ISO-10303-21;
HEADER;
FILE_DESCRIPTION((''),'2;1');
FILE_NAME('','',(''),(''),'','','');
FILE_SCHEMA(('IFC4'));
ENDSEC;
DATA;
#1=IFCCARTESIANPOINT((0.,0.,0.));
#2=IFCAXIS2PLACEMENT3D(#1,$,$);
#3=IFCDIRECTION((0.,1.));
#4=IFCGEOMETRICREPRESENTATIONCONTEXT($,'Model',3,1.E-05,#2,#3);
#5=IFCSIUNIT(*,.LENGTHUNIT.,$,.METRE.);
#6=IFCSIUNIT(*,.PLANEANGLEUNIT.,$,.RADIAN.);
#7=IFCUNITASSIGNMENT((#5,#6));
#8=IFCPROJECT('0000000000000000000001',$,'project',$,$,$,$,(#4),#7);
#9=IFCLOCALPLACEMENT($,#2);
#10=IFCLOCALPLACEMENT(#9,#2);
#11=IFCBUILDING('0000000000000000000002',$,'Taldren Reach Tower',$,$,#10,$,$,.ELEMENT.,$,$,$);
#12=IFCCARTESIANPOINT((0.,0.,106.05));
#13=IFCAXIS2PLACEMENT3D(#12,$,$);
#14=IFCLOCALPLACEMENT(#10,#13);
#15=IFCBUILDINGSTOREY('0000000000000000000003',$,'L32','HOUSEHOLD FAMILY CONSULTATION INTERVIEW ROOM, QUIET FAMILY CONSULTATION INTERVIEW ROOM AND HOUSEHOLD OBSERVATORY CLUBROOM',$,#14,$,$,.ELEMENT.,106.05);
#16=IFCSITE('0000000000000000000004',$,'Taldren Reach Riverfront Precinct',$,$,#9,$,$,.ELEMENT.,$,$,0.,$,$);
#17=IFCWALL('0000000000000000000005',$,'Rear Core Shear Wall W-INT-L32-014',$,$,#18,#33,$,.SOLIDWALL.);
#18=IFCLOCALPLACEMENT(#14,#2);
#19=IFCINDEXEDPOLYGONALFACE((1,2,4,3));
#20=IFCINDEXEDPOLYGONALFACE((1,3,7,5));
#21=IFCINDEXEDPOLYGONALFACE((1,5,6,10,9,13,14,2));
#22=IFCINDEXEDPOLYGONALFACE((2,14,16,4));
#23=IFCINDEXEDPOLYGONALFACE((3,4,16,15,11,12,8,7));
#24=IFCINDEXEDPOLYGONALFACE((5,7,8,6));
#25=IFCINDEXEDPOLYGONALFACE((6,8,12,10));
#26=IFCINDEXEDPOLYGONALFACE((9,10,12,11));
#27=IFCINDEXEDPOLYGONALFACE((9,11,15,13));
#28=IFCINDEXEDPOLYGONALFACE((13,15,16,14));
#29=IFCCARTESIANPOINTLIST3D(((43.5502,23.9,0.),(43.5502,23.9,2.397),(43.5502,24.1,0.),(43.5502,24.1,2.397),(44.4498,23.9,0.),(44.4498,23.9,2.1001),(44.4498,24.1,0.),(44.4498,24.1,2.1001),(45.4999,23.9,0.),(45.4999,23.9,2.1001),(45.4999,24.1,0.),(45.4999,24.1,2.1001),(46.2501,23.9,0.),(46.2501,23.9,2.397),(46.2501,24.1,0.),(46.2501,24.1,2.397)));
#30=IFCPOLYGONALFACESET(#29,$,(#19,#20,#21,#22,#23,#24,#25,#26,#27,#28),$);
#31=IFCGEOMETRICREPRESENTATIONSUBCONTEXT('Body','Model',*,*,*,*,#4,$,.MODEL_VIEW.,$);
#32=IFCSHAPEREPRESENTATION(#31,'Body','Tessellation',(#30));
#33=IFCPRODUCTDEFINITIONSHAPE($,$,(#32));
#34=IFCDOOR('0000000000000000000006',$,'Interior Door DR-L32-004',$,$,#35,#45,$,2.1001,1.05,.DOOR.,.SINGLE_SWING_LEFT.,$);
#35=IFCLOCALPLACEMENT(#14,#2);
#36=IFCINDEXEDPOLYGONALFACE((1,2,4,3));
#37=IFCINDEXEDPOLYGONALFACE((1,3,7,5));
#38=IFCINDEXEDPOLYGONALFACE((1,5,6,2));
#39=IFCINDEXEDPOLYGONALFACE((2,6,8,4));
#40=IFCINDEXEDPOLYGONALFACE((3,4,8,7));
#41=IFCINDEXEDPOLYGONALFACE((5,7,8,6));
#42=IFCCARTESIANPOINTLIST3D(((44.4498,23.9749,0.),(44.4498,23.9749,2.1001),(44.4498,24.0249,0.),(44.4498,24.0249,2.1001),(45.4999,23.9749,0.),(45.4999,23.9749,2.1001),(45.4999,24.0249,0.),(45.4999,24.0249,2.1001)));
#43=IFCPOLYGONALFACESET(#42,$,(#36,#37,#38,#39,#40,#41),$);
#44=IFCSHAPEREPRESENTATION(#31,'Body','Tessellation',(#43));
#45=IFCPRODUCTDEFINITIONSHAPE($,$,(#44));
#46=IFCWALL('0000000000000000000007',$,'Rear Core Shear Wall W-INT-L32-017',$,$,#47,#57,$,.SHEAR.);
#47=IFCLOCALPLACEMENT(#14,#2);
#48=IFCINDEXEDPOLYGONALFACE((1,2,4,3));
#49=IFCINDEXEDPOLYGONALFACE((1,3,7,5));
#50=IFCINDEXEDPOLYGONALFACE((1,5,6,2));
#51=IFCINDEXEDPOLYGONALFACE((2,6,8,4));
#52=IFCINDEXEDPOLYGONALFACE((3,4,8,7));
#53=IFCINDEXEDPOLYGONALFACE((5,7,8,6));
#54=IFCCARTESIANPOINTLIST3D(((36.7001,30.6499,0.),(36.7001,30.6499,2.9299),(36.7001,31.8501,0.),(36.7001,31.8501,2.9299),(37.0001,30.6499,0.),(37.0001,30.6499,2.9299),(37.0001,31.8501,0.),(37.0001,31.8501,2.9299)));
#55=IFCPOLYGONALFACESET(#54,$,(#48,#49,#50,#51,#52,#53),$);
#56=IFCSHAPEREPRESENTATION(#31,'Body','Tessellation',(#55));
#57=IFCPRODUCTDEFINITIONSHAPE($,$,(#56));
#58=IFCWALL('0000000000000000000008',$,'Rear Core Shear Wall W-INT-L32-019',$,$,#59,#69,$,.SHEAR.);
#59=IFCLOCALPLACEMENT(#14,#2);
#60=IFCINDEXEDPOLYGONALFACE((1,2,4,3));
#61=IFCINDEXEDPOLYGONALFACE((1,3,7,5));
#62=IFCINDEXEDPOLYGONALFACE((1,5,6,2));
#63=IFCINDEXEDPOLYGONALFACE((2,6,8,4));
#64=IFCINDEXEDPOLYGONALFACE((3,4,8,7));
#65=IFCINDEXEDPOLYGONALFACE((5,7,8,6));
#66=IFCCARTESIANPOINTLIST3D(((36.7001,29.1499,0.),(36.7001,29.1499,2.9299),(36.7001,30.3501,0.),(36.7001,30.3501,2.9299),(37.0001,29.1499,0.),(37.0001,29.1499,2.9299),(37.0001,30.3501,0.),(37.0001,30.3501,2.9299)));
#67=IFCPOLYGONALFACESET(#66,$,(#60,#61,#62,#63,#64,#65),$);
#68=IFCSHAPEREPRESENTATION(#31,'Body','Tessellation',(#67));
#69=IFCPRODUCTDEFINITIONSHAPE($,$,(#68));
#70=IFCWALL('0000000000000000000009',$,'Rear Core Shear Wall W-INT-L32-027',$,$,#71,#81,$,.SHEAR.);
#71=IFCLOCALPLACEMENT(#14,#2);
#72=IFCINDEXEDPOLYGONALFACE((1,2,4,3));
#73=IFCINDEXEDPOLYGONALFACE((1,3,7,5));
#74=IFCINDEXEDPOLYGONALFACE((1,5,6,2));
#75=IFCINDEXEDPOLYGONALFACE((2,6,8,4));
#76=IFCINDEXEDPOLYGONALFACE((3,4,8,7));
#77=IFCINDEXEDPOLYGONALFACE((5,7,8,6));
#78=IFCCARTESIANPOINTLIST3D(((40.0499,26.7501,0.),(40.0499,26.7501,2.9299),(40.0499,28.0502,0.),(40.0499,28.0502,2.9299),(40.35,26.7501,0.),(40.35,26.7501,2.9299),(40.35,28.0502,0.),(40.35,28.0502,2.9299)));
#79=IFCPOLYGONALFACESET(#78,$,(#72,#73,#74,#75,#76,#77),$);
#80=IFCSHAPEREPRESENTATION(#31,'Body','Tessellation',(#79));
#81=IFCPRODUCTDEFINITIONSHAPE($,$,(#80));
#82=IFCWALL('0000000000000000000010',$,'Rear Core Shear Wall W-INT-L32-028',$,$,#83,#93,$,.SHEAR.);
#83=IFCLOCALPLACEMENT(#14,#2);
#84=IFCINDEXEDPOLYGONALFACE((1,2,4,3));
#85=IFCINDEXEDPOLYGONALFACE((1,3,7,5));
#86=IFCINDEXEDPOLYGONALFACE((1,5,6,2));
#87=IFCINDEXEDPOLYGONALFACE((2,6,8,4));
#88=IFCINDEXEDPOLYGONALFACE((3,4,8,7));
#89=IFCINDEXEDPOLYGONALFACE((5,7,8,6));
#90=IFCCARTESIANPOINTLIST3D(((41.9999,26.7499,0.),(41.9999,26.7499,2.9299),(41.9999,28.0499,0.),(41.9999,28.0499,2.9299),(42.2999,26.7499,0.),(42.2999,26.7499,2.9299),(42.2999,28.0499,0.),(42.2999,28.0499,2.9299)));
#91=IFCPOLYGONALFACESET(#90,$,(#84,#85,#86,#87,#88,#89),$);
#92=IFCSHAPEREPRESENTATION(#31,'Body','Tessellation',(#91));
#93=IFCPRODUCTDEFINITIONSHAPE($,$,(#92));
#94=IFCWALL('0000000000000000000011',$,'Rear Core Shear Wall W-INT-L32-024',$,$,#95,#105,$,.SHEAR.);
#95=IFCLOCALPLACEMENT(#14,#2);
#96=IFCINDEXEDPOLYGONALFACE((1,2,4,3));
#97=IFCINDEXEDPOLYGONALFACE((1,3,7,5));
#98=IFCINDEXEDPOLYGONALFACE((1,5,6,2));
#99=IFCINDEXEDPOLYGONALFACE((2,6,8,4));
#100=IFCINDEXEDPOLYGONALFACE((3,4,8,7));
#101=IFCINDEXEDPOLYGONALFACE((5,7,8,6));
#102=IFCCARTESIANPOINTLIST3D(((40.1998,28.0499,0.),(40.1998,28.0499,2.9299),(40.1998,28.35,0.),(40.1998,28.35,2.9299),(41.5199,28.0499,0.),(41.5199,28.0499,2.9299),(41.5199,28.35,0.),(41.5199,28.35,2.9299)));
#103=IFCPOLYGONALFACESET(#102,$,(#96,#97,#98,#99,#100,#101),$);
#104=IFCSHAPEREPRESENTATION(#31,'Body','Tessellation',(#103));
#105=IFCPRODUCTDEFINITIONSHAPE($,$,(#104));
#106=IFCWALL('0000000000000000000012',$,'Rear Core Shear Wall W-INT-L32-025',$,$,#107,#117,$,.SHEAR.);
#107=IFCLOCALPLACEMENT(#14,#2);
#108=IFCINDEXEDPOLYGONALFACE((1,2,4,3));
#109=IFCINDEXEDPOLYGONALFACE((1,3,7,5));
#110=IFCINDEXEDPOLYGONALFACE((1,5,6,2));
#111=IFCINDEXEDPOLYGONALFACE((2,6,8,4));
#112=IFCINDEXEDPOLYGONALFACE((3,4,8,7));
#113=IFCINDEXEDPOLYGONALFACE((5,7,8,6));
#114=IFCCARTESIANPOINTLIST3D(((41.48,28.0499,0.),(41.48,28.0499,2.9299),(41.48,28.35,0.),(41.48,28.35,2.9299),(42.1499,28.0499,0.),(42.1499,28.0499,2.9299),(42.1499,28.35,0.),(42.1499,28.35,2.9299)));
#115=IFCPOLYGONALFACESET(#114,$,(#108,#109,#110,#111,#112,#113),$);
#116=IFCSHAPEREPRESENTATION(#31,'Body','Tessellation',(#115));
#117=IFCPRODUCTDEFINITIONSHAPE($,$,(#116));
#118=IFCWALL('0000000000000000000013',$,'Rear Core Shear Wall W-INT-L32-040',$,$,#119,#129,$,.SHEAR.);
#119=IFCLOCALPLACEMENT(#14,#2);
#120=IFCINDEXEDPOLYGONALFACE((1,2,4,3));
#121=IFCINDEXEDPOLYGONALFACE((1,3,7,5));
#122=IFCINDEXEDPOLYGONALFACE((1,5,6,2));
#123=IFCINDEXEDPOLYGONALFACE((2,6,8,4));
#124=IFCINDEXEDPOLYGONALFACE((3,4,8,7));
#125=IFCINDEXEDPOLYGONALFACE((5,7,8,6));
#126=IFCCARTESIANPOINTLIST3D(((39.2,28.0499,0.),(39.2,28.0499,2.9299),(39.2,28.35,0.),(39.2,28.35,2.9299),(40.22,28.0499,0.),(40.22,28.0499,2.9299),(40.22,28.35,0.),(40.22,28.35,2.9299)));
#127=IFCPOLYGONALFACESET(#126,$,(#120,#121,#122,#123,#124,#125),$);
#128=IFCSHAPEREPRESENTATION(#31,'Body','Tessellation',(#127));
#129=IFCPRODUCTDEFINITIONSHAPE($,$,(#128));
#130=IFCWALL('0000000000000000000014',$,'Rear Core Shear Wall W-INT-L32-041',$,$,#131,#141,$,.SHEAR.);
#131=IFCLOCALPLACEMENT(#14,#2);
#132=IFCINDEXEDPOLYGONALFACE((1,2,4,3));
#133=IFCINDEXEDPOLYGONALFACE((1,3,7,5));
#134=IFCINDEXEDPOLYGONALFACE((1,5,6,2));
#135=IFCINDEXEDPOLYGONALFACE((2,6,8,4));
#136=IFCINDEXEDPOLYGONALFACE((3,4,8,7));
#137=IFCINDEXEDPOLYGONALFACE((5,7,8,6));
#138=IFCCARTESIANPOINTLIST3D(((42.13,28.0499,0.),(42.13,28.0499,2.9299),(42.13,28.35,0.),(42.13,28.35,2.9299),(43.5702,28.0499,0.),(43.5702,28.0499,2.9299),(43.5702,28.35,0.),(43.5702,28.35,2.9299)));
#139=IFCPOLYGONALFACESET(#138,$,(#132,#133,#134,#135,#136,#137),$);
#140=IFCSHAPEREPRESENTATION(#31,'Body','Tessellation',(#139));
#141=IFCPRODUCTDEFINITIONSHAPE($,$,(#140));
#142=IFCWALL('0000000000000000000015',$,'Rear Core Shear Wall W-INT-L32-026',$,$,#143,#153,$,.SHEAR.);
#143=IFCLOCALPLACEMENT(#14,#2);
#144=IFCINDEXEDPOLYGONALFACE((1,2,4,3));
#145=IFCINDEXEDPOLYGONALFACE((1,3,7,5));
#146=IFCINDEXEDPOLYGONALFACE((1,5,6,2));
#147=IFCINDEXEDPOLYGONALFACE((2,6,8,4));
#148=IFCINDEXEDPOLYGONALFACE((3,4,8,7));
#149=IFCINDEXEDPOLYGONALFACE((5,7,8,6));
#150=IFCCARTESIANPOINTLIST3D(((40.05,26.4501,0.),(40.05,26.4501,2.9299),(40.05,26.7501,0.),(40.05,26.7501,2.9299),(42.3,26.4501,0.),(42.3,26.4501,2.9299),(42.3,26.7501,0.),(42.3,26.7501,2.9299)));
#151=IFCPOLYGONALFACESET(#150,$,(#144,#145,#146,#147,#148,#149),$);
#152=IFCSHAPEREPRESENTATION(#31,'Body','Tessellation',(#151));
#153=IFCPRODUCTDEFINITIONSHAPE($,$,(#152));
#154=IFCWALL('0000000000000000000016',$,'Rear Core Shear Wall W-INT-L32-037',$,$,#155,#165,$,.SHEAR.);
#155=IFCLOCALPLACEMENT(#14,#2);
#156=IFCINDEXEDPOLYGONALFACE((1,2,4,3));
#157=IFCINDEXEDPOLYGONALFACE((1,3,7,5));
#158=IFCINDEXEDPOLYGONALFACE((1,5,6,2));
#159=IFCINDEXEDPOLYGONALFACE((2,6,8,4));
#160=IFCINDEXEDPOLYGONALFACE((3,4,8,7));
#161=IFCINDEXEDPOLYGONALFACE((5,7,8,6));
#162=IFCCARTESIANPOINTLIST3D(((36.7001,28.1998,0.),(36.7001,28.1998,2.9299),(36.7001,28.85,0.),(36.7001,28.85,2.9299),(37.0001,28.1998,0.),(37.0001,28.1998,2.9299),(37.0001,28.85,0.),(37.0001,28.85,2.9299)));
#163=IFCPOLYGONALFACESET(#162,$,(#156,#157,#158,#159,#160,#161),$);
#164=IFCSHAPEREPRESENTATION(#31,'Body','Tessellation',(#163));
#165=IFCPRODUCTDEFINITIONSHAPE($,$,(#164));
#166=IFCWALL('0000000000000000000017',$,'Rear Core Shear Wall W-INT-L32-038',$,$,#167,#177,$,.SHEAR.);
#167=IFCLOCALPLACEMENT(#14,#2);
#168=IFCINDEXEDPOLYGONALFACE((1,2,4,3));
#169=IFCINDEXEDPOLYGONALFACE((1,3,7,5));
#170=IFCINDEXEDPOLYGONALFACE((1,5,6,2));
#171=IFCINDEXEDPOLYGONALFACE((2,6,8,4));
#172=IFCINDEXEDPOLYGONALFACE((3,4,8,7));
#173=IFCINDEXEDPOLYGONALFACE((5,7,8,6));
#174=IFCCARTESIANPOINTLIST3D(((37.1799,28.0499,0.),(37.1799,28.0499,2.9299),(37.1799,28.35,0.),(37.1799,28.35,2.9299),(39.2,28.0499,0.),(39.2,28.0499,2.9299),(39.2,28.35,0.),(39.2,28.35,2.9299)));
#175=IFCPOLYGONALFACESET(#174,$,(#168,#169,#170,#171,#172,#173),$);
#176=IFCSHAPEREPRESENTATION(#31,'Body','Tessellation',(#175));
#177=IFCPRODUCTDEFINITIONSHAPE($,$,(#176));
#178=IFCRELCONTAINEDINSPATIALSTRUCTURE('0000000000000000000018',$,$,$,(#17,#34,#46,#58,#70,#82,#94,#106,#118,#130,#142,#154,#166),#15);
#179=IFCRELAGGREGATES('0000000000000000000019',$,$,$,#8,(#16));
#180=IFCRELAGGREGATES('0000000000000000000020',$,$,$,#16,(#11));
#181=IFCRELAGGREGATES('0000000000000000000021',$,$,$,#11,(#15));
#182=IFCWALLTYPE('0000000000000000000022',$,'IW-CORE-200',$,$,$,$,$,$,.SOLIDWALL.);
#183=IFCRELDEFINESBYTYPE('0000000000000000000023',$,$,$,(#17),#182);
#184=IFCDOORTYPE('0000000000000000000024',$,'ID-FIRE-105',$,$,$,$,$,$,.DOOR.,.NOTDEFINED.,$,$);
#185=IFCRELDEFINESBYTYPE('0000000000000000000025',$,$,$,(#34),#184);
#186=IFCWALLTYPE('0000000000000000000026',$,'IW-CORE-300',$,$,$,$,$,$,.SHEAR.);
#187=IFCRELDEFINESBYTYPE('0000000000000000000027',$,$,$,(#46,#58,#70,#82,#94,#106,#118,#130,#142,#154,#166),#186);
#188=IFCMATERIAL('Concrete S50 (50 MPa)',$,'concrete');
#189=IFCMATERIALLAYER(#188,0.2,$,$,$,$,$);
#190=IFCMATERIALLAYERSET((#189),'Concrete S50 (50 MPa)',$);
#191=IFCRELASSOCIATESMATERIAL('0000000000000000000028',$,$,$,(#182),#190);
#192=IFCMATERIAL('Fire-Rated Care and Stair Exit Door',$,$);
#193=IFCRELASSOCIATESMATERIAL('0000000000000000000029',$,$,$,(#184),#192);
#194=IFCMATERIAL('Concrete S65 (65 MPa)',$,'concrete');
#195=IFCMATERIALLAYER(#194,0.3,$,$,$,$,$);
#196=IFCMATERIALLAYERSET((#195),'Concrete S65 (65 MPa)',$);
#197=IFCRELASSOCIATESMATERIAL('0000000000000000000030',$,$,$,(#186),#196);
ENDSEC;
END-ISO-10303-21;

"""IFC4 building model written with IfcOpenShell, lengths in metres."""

from ifc_helpers import new_model, si_unit, direction, frame, frame_2d, origin, place, context, subcontext, project, spatial, rectangle, extrude, source, transform, mapped, material, layer, layer_set, type_object, element, fill, save


model = new_model("IFC4")

# Units and contexts
model_context = context("Model", 3, precision=1e-05, world=origin(), true_north=direction((0.0, 1.0)))
body_context = subcontext(model_context, "Body", "Model", "MODEL_VIEW")
ifc_project = project(units=[si_unit("LENGTHUNIT", "METRE"), si_unit("PLANEANGLEUNIT", "RADIAN")], contexts=[model_context])

# Site, building, storey
site_placement = place(None, origin())
site = spatial("IfcSite", under=ifc_project, at=site_placement, Name="Taldren Reach Riverfront Precinct", CompositionType="ELEMENT", RefElevation=0.0)
building_placement = place(site_placement, origin())
building = spatial("IfcBuilding", under=site, at=building_placement, Name="Taldren Reach Tower", CompositionType="ELEMENT")
storey_placement = place(building_placement, frame((0.0, 0.0, 106.05)))
storey = spatial("IfcBuildingStorey", under=building, at=storey_placement, Name="L32", Description="HOUSEHOLD FAMILY CONSULTATION INTERVIEW ROOM, QUIET FAMILY CONSULTATION INTERVIEW ROOM AND HOUSEHOLD OBSERVATORY CLUBROOM", CompositionType="ELEMENT", Elevation=106.05)

# Shared definitions
ifc_material_1 = material(Name="Concrete S50 (50 MPa)", Category="concrete")
ifc_layer_1 = layer(ifc_material_1, 0.2)
ifc_layer_set_1 = layer_set([ifc_layer_1], Name="Concrete S50 (50 MPa)")
wall_type_1 = type_object("IfcWallType", Name="IW-CORE-200", PredefinedType="SOLIDWALL", material=ifc_layer_set_1)
shared_shape_1 = source(origin(), body_context, "Body", "SweptSolid", [
    extrude(rectangle(XDim=1.05, YDim=2.1001, at=frame_2d((0.5249, 1.05))), frame((0.0, 0.1099, 0.0), z_axis=(0.0, -1.0, 0.0), x_axis=(1.0, 0.0, 0.0)), (0.0, 0.0, 1.0), 0.22),
])
ifc_material_2 = material(Name="Fire-Rated Care and Stair Exit Door")
door_type_1 = type_object("IfcDoorType", Name="ID-FIRE-105", OperationType="NOTDEFINED", PredefinedType="DOOR", material=ifc_material_2)
shared_shape_2 = source(origin(), body_context, "Body", "SweptSolid", [
    extrude(rectangle(XDim=1.05, YDim=2.1001, at=frame_2d((0.5249, 1.05))), frame((0.0, 0.0249, 0.0), z_axis=(0.0, -1.0, 0.0), x_axis=(1.0, 0.0, 0.0)), (0.0, 0.0, 1.0), 0.05),
])

# Shared definitions
ifc_material_3 = material(Name="Concrete S65 (65 MPa)", Category="concrete")
ifc_layer_2 = layer(ifc_material_3, 0.3)
ifc_layer_set_2 = layer_set([ifc_layer_2], Name="Concrete S65 (65 MPa)")
wall_type_2 = type_object("IfcWallType", Name="IW-CORE-300", PredefinedType="SHEAR", material=ifc_layer_set_2)

# Wall, opening, door
shared_shape_3 = source(origin(), body_context, "Body", "SweptSolid", [
    extrude(rectangle(XDim=2.7, YDim=0.2, at=frame_2d((1.3501, 0.0))), origin(), (0.0, 0.0, 1.0), 2.397),
])
wall_1_placement = place(storey_placement, frame((43.55, 24.0, 0.0), z_axis=(0.0, 0.0, 1.0), x_axis=(1.0, 0.0, 0.0)))
wall_1 = element("IfcWall", 1, at=wall_1_placement, inside=storey, type_object=wall_type_1, Name="Rear Core Shear Wall W-INT-L32-014", PredefinedType="SOLIDWALL", context=body_context, shape_type="MappedRepresentation", body=[
    mapped(shared_shape_3, transform((0.0, 0.0, 0.0), scale=1.0)),
])
opening_1_placement = place(wall_1_placement, frame((0.8999, 0.0, 0.0)))
opening_1 = element("IfcOpeningElement", 2, at=opening_1_placement, cuts=wall_1, PredefinedType="OPENING", context=body_context, shape_type="MappedRepresentation", body=[
    mapped(shared_shape_1, transform((0.0, 0.0, 0.0), scale=1.0)),
])
door_1_placement = place(opening_1_placement, origin())
door_1 = element("IfcDoor", 3, at=door_1_placement, inside=storey, type_object=door_type_1, Name="Interior Door DR-L32-004", OperationType="SINGLE_SWING_LEFT", OverallHeight=2.1001, OverallWidth=1.05, PredefinedType="DOOR", context=body_context, shape_type="MappedRepresentation", body=[
    mapped(shared_shape_2, transform((0.0, 0.0, 0.0), scale=1.0)),
])
fill(opening_1, door_1)

# Walls
shared_shape_4 = source(origin(), body_context, "Body", "SweptSolid", [
    extrude(rectangle(XDim=1.2002, YDim=0.3, at=frame_2d((0.6001, 0.0))), origin(), (0.0, 0.0, 1.0), 2.9299),
])
for number, where, z_axis, x_axis, name in (
    (4, (36.8501, 30.6499, 0.0), (0.0, 0.0, 1.0), (0.0, 1.0, 0.0), "Rear Core Shear Wall W-INT-L32-017"),
    (5, (36.8501, 29.1499, 0.0), (0.0, 0.0, 1.0), (0.0, 1.0, 0.0), "Rear Core Shear Wall W-INT-L32-019"),
):
    element("IfcWall", number, at=place(storey_placement, frame(where, z_axis=z_axis, x_axis=x_axis)), inside=storey, type_object=wall_type_2, Name=name, PredefinedType="SHEAR", context=body_context, shape_type="MappedRepresentation", body=[
        mapped(shared_shape_4, transform((0.0, 0.0, 0.0), scale=1.0)),
    ])
shared_shape_5 = source(origin(), body_context, "Body", "SweptSolid", [
    extrude(rectangle(XDim=1.3, YDim=0.3, at=frame_2d((0.6499, 0.0))), origin(), (0.0, 0.0, 1.0), 2.9299),
])
for number, where, z_axis, x_axis, name in (
    (6, (40.2, 28.05, 0.0), (0.0, 0.0, 1.0), (0.0, -1.0, 0.0), "Rear Core Shear Wall W-INT-L32-027"),
    (7, (42.1499, 26.75, 0.0), (0.0, 0.0, 1.0), (0.0, 1.0, 0.0), "Rear Core Shear Wall W-INT-L32-028"),
):
    element("IfcWall", number, at=place(storey_placement, frame(where, z_axis=z_axis, x_axis=x_axis)), inside=storey, type_object=wall_type_2, Name=name, PredefinedType="SHEAR", context=body_context, shape_type="MappedRepresentation", body=[
        mapped(shared_shape_5, transform((0.0, 0.0, 0.0), scale=1.0)),
    ])
shared_shape_6 = source(origin(), body_context, "Body", "SweptSolid", [
    extrude(rectangle(XDim=1.3201, YDim=0.3, at=frame_2d((0.6602, 0.0))), origin(), (0.0, 0.0, 1.0), 2.9299),
])
wall_2_placement = place(storey_placement, frame((41.52, 28.2, 0.0), z_axis=(0.0, 0.0, 1.0), x_axis=(-1.0, 0.0, 0.0)))
element("IfcWall", 8, at=wall_2_placement, inside=storey, type_object=wall_type_2, Name="Rear Core Shear Wall W-INT-L32-024", PredefinedType="SHEAR", context=body_context, shape_type="MappedRepresentation", body=[
    mapped(shared_shape_6, transform((0.0, 0.0, 0.0), scale=1.0)),
])
shared_shape_7 = source(origin(), body_context, "Body", "SweptSolid", [
    extrude(rectangle(XDim=0.6699, YDim=0.3, at=frame_2d((0.335, 0.0))), origin(), (0.0, 0.0, 1.0), 2.9299),
])
wall_3_placement = place(storey_placement, frame((42.1499, 28.2, 0.0), z_axis=(0.0, 0.0, 1.0), x_axis=(-1.0, 0.0, 0.0)))
element("IfcWall", 9, at=wall_3_placement, inside=storey, type_object=wall_type_2, Name="Rear Core Shear Wall W-INT-L32-025", PredefinedType="SHEAR", context=body_context, shape_type="MappedRepresentation", body=[
    mapped(shared_shape_7, transform((0.0, 0.0, 0.0), scale=1.0)),
])
shared_shape_8 = source(origin(), body_context, "Body", "SweptSolid", [
    extrude(rectangle(XDim=1.02, YDim=0.3, at=frame_2d((0.51, 0.0))), origin(), (0.0, 0.0, 1.0), 2.9299),
])
wall_4_placement = place(storey_placement, frame((39.2, 28.2, 0.0), z_axis=(0.0, 0.0, 1.0), x_axis=(1.0, 0.0, 0.0)))
element("IfcWall", 10, at=wall_4_placement, inside=storey, type_object=wall_type_2, Name="Rear Core Shear Wall W-INT-L32-040", PredefinedType="SHEAR", context=body_context, shape_type="MappedRepresentation", body=[
    mapped(shared_shape_8, transform((0.0, 0.0, 0.0), scale=1.0)),
])
shared_shape_9 = source(origin(), body_context, "Body", "SweptSolid", [
    extrude(rectangle(XDim=1.4402, YDim=0.3, at=frame_2d((0.7202, 0.0))), origin(), (0.0, 0.0, 1.0), 2.9299),
])
wall_5_placement = place(storey_placement, frame((42.1299, 28.2, 0.0), z_axis=(0.0, 0.0, 1.0), x_axis=(1.0, 0.0, 0.0)))
element("IfcWall", 11, at=wall_5_placement, inside=storey, type_object=wall_type_2, Name="Rear Core Shear Wall W-INT-L32-041", PredefinedType="SHEAR", context=body_context, shape_type="MappedRepresentation", body=[
    mapped(shared_shape_9, transform((0.0, 0.0, 0.0), scale=1.0)),
])
shared_shape_10 = source(origin(), body_context, "Body", "SweptSolid", [
    extrude(rectangle(XDim=2.25, YDim=0.3, at=frame_2d((1.125, 0.0))), origin(), (0.0, 0.0, 1.0), 2.9299),
])
wall_6_placement = place(storey_placement, frame((40.05, 26.6001, 0.0), z_axis=(0.0, 0.0, 1.0), x_axis=(1.0, 0.0, 0.0)))
element("IfcWall", 12, at=wall_6_placement, inside=storey, type_object=wall_type_2, Name="Rear Core Shear Wall W-INT-L32-026", PredefinedType="SHEAR", context=body_context, shape_type="MappedRepresentation", body=[
    mapped(shared_shape_10, transform((0.0, 0.0, 0.0), scale=1.0)),
])
shared_shape_11 = source(origin(), body_context, "Body", "SweptSolid", [
    extrude(rectangle(XDim=0.6501, YDim=0.3, at=frame_2d((0.3252, 0.0))), origin(), (0.0, 0.0, 1.0), 2.9299),
])
wall_7_placement = place(storey_placement, frame((36.8501, 28.8501, 0.0), z_axis=(0.0, 0.0, 1.0), x_axis=(0.0, -1.0, 0.0)))
element("IfcWall", 13, at=wall_7_placement, inside=storey, type_object=wall_type_2, Name="Rear Core Shear Wall W-INT-L32-037", PredefinedType="SHEAR", context=body_context, shape_type="MappedRepresentation", body=[
    mapped(shared_shape_11, transform((0.0, 0.0, 0.0), scale=1.0)),
])
shared_shape_12 = source(origin(), body_context, "Body", "SweptSolid", [
    extrude(rectangle(XDim=2.02, YDim=0.3, at=frame_2d((1.01, 0.0))), origin(), (0.0, 0.0, 1.0), 2.9299),
])
wall_8_placement = place(storey_placement, frame((37.1799, 28.2, 0.0), z_axis=(0.0, 0.0, 1.0), x_axis=(1.0, 0.0, 0.0)))
element("IfcWall", 14, at=wall_8_placement, inside=storey, type_object=wall_type_2, Name="Rear Core Shear Wall W-INT-L32-038", PredefinedType="SHEAR", context=body_context, shape_type="MappedRepresentation", body=[
    mapped(shared_shape_12, transform((0.0, 0.0, 0.0), scale=1.0)),
])

save(model, "model.ifc")
